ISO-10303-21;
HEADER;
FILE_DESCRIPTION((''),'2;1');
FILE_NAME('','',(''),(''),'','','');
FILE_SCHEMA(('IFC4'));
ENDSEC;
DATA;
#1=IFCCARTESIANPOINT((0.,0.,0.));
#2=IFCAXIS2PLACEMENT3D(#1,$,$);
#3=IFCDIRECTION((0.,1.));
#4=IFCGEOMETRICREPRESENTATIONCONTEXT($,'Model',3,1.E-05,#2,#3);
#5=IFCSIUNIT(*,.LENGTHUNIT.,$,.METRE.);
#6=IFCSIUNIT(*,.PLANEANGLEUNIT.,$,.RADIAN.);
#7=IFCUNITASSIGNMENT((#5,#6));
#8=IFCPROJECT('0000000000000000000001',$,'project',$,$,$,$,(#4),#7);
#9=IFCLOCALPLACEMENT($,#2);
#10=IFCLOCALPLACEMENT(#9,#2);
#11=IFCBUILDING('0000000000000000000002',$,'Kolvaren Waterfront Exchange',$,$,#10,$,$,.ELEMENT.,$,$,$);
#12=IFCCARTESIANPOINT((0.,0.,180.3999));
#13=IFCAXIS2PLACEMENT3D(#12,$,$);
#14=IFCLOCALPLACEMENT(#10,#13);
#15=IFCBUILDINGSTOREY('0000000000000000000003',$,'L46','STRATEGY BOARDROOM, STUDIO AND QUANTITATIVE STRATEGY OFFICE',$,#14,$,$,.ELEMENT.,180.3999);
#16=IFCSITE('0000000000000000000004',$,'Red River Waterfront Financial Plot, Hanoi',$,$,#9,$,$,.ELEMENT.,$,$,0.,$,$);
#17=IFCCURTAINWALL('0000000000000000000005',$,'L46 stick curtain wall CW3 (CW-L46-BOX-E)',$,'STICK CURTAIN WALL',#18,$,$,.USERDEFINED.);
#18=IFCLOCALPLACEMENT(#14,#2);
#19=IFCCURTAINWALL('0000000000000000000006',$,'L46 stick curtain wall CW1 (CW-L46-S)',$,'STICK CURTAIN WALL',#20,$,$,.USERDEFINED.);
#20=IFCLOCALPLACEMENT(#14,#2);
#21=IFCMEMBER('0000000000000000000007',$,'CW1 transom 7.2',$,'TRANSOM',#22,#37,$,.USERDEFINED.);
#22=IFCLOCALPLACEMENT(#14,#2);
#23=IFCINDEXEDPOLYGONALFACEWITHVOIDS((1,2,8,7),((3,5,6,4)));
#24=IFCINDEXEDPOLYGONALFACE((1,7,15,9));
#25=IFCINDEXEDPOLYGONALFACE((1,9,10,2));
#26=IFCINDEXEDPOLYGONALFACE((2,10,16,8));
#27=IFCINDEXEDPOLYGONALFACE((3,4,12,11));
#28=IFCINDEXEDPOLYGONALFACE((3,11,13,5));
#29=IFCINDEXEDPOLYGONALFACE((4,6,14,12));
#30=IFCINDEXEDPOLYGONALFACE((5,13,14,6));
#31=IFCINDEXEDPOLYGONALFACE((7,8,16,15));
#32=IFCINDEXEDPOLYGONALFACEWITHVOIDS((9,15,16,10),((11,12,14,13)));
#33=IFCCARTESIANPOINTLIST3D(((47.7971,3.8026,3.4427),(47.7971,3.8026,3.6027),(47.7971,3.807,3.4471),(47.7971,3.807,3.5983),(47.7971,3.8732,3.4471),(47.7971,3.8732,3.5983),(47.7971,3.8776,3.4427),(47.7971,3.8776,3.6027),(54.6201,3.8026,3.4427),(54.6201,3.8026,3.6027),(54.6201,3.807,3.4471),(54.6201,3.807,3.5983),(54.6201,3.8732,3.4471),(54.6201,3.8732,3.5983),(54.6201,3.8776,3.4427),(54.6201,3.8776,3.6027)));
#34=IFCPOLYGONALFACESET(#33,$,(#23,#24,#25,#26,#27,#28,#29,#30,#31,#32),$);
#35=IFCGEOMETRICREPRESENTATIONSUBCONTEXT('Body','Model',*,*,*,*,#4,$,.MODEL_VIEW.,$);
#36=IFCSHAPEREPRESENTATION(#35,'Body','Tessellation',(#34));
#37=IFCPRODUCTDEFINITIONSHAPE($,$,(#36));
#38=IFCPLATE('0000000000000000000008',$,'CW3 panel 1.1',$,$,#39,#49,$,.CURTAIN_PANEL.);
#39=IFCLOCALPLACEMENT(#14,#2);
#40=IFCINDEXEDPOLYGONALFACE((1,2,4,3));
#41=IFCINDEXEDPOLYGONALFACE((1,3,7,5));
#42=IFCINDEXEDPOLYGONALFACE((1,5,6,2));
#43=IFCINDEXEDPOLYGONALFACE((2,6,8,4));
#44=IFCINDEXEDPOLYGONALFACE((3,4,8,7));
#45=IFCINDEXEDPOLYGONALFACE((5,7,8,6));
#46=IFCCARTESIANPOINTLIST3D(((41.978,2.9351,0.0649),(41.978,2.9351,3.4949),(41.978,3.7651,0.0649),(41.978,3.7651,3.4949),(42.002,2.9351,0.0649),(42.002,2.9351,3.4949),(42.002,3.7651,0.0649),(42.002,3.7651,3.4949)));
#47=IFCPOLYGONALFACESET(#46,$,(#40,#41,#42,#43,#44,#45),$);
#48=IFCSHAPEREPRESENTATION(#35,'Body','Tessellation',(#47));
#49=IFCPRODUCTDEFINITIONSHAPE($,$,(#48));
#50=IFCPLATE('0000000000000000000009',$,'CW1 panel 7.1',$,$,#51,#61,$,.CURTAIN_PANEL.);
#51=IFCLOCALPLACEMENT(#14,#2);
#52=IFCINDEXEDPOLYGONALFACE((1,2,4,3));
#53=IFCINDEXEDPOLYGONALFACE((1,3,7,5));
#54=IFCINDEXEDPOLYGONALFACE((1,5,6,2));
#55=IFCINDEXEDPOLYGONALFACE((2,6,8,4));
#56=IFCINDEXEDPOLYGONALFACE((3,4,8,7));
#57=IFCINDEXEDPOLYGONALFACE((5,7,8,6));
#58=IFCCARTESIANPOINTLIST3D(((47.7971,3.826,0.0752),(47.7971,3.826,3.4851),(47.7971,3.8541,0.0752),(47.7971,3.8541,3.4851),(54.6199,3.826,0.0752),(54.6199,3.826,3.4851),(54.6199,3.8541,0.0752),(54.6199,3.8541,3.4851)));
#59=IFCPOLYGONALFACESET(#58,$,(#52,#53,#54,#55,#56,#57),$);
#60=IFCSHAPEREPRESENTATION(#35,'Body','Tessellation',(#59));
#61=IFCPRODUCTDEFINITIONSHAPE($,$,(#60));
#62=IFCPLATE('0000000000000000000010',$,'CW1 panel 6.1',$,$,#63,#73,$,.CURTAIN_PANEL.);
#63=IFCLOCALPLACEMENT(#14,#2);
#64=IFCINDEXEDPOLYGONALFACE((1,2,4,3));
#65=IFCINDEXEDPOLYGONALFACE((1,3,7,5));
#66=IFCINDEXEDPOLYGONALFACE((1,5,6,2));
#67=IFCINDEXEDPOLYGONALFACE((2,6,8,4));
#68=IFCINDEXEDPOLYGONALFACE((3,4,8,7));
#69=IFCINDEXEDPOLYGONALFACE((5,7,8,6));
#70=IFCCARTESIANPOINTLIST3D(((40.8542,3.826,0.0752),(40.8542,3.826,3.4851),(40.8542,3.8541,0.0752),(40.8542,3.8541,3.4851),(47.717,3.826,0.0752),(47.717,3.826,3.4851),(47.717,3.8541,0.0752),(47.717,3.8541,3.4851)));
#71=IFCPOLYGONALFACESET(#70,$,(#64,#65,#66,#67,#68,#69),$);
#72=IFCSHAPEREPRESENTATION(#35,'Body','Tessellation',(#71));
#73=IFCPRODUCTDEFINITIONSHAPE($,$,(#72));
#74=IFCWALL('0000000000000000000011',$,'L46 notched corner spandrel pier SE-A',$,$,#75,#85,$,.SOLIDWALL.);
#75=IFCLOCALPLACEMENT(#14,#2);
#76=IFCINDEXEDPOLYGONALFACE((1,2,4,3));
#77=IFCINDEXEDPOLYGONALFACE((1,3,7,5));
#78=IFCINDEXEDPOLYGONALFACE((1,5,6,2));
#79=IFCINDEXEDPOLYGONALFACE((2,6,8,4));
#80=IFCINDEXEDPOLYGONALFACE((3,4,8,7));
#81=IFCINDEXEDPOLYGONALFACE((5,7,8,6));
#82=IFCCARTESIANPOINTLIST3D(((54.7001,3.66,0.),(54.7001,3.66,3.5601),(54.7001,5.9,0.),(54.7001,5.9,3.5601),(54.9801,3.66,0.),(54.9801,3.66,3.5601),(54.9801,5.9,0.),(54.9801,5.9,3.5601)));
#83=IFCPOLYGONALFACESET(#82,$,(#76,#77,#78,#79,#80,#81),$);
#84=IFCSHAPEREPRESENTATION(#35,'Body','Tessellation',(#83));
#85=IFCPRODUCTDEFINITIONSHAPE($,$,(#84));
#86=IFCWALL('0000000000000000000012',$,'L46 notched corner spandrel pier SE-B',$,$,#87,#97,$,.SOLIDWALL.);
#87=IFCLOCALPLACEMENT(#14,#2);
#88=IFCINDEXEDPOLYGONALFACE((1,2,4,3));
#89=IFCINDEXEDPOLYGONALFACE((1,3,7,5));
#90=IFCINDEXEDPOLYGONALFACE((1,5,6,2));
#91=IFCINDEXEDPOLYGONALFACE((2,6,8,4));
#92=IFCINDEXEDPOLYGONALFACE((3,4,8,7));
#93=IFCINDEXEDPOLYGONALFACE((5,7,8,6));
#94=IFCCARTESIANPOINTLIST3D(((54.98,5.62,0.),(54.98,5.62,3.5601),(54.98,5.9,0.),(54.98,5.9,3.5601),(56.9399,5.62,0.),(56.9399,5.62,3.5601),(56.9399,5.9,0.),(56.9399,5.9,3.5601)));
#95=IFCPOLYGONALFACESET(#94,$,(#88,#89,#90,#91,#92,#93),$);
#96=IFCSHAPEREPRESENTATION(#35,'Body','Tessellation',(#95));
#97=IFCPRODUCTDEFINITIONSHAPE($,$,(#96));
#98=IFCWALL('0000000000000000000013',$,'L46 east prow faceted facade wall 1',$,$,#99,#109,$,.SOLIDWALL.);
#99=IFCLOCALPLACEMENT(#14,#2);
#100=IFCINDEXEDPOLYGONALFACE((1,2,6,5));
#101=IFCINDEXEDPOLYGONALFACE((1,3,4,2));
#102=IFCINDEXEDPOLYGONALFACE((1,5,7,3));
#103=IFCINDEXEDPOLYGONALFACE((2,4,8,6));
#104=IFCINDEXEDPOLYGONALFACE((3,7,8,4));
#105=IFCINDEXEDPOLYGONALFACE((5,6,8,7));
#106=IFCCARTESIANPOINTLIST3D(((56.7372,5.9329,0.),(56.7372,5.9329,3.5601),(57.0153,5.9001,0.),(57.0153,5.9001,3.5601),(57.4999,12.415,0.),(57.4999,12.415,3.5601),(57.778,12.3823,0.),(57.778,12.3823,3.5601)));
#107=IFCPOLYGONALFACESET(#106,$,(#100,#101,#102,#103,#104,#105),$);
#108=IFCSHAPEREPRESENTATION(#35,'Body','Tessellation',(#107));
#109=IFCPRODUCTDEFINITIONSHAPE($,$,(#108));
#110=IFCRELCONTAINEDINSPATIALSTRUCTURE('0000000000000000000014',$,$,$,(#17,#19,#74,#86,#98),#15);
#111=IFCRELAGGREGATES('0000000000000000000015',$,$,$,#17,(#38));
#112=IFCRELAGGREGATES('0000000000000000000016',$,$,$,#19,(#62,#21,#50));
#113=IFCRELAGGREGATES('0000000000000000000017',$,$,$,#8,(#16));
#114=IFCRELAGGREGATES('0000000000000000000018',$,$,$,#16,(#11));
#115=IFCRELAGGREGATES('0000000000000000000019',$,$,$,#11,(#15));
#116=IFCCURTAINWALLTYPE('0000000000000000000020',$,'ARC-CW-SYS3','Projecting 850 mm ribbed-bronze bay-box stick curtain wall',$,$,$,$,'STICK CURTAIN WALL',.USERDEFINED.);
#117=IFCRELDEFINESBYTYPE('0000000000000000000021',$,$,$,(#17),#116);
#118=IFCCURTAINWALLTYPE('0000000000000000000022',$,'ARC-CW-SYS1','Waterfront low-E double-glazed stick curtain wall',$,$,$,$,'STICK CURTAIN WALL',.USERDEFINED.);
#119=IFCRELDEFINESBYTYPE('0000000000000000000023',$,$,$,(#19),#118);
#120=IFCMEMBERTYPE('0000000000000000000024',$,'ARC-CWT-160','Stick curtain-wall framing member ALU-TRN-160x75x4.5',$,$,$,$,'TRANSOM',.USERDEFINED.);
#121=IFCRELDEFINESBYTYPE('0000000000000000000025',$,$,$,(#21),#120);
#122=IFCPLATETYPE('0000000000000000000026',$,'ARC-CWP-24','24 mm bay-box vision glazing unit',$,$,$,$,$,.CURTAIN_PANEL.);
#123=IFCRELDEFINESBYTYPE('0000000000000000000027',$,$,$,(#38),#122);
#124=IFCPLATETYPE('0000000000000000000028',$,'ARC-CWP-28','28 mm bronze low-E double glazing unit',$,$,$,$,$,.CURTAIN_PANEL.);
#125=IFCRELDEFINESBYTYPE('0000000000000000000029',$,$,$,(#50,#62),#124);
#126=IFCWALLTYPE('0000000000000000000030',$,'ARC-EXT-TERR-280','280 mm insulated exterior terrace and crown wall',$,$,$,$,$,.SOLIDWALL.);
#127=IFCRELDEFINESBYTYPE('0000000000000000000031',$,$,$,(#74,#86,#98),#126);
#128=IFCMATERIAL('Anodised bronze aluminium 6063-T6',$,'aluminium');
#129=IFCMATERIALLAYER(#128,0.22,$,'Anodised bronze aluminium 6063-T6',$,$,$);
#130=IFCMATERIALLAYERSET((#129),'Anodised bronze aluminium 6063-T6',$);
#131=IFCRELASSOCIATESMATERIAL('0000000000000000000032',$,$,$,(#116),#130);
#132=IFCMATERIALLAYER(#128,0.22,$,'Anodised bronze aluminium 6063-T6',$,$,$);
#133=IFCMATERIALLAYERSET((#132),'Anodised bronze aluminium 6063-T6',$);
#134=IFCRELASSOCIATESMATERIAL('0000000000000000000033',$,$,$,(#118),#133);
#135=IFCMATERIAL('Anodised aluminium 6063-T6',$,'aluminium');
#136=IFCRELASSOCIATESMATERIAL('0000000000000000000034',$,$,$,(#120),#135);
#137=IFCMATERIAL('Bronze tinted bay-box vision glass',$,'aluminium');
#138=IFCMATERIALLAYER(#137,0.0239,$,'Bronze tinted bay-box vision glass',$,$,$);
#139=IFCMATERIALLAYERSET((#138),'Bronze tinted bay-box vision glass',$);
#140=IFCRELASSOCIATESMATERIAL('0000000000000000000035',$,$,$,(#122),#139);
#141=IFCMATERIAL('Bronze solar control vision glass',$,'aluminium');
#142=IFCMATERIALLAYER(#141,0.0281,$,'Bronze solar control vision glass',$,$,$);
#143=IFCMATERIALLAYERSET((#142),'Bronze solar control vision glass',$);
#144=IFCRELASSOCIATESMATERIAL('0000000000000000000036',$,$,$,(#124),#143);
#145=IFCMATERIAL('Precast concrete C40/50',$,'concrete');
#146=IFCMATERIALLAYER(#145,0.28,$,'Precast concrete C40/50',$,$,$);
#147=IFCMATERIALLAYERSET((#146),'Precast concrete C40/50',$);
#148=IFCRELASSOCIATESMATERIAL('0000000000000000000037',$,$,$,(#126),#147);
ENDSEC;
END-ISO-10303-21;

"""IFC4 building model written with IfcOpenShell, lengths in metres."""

from ifc_helpers import new_model, si_unit, direction, frame, frame_2d, origin, origin_with_axes, origin_2d, place, context, subcontext, project, spatial, rectangle, hollow_rectangle, extrude, source, transform, mapped, material, layer, layer_set, material_profile, profile_set, type_object, element, aggregate, save


model = new_model("IFC4")

# Units and contexts
model_context = context("Model", 3, precision=1e-05, world=origin(), true_north=direction((0.0, 1.0)))
body_context = subcontext(model_context, "Body", "Model", "MODEL_VIEW")
ifc_project = project(units=[si_unit("LENGTHUNIT", "METRE"), si_unit("PLANEANGLEUNIT", "RADIAN")], contexts=[model_context])

# Site, building, storey
site_placement = place(None, origin())
site = spatial("IfcSite", under=ifc_project, at=site_placement, Name="Red River Waterfront Financial Plot, Hanoi", CompositionType="ELEMENT", RefElevation=0.0)
building_placement = place(site_placement, origin())
building = spatial("IfcBuilding", under=site, at=building_placement, Name="Kolvaren Waterfront Exchange", CompositionType="ELEMENT")
storey_placement = place(building_placement, frame((0.0, 0.0, 180.3999)))
storey = spatial("IfcBuildingStorey", under=building, at=storey_placement, Name="L46", Description="STRATEGY BOARDROOM, STUDIO AND QUANTITATIVE STRATEGY OFFICE", CompositionType="ELEMENT", Elevation=180.3999)

# Curtain walls, member
ifc_material_1 = material(Name="Anodised bronze aluminium 6063-T6", Category="aluminium")
ifc_layer_1 = layer(ifc_material_1, 0.22, Name="Anodised bronze aluminium 6063-T6")
ifc_layer_set_1 = layer_set([ifc_layer_1], Name="Anodised bronze aluminium 6063-T6")
curtain_wall_type_1 = type_object("IfcCurtainWallType", Name="ARC-CW-SYS3", Description="Projecting 850 mm ribbed-bronze bay-box stick curtain wall", ElementType="STICK CURTAIN WALL", PredefinedType="USERDEFINED", material=ifc_layer_set_1)
curtain_wall_1_placement = place(storey_placement, origin())
curtain_wall_1 = element("IfcCurtainWall", 1, at=curtain_wall_1_placement, inside=storey, type_object=curtain_wall_type_1, Name="L46 stick curtain wall CW3 (CW-L46-BOX-E)", ObjectType="STICK CURTAIN WALL", PredefinedType="USERDEFINED")
ifc_layer_2 = layer(ifc_material_1, 0.22, Name="Anodised bronze aluminium 6063-T6")
ifc_layer_set_2 = layer_set([ifc_layer_2], Name="Anodised bronze aluminium 6063-T6")
curtain_wall_type_2 = type_object("IfcCurtainWallType", Name="ARC-CW-SYS1", Description="Waterfront low-E double-glazed stick curtain wall", ElementType="STICK CURTAIN WALL", PredefinedType="USERDEFINED", material=ifc_layer_set_2)
curtain_wall_2_placement = place(storey_placement, origin())
curtain_wall_2 = element("IfcCurtainWall", 2, at=curtain_wall_2_placement, inside=storey, type_object=curtain_wall_type_2, Name="L46 stick curtain wall CW1 (CW-L46-S)", ObjectType="STICK CURTAIN WALL", PredefinedType="USERDEFINED")
ifc_material_2 = material(Name="Anodised aluminium 6063-T6", Category="aluminium")
ifc_material_profile_1 = material_profile(ifc_material_2, hollow_rectangle(XDim=0.075, YDim=0.1599, WallThickness=0.0044, at=origin_2d()), Name="ALU-TRN-160x75x4.5")
ifc_profile_set_1 = profile_set([ifc_material_profile_1], Name="Anodised aluminium 6063-T6")
member_type_1 = type_object("IfcMemberType", Name="ARC-CWT-160", Description="Stick curtain-wall framing member ALU-TRN-160x75x4.5", ElementType="TRANSOM", PredefinedType="USERDEFINED", material=ifc_profile_set_1)
shared_shape_1 = source(origin_with_axes(), body_context, "Body", "SweptSolid", [
    extrude(hollow_rectangle(XDim=0.075, YDim=0.1599, WallThickness=0.0044, at=origin_2d()), origin(), (0.0, 0.0, 1.0), 6.823),
])
member_1_placement = place(storey_placement, frame((47.7971, 3.8401, 3.5227), z_axis=(1.0, 0.0, 0.0), x_axis=(0.0, 1.0, 0.0)))
member_1 = element("IfcMember", 3, at=member_1_placement, type_object=member_type_1, Name="CW1 transom 7.2", ObjectType="TRANSOM", PredefinedType="USERDEFINED", context=body_context, shape_type="MappedRepresentation", body=[
    mapped(shared_shape_1, transform((0.0, 0.0, 0.0), x_axis=(1.0, 0.0, 0.0), y_axis=(0.0, 1.0, 0.0), z_axis=(0.0, 0.0, 1.0), scale=1.0)),
])

# Plates
ifc_material_3 = material(Name="Bronze tinted bay-box vision glass", Category="aluminium")
ifc_layer_3 = layer(ifc_material_3, 0.0239, Name="Bronze tinted bay-box vision glass")
ifc_layer_set_3 = layer_set([ifc_layer_3], Name="Bronze tinted bay-box vision glass")
plate_type_1 = type_object("IfcPlateType", Name="ARC-CWP-24", Description="24 mm bay-box vision glazing unit", PredefinedType="CURTAIN_PANEL", material=ifc_layer_set_3)
shared_shape_2 = source(origin_with_axes(), body_context, "Body", "SweptSolid", [
    extrude(rectangle(XDim=0.8301, YDim=0.0239, at=origin_2d()), origin(), (0.0, 0.0, 1.0), 3.4299),
])
plate_1_placement = place(storey_placement, frame((41.99, 3.3501, 0.0649), z_axis=(0.0, 0.0, 1.0), x_axis=(0.0, 1.0, 0.0)))
plate_1 = element("IfcPlate", 4, at=plate_1_placement, type_object=plate_type_1, Name="CW3 panel 1.1", PredefinedType="CURTAIN_PANEL", context=body_context, shape_type="MappedRepresentation", body=[
    mapped(shared_shape_2, transform((0.0, 0.0, 0.0), x_axis=(1.0, 0.0, 0.0), y_axis=(0.0, 1.0, 0.0), z_axis=(0.0, 0.0, 1.0), scale=1.0)),
])
aggregate(curtain_wall_1, [plate_1])
ifc_material_4 = material(Name="Bronze solar control vision glass", Category="aluminium")
ifc_layer_4 = layer(ifc_material_4, 0.0281, Name="Bronze solar control vision glass")
ifc_layer_set_4 = layer_set([ifc_layer_4], Name="Bronze solar control vision glass")
plate_type_2 = type_object("IfcPlateType", Name="ARC-CWP-28", Description="28 mm bronze low-E double glazing unit", PredefinedType="CURTAIN_PANEL", material=ifc_layer_set_4)
shared_shape_3 = source(origin_with_axes(), body_context, "Body", "SweptSolid", [
    extrude(rectangle(XDim=6.8228, YDim=0.0281, at=origin_2d()), origin(), (0.0, 0.0, 1.0), 3.4099),
])
plate_2_placement = place(storey_placement, frame((51.2085, 3.8401, 0.0752), z_axis=(0.0, 0.0, 1.0), x_axis=(1.0, 0.0, 0.0)))
plate_2 = element("IfcPlate", 5, at=plate_2_placement, type_object=plate_type_2, Name="CW1 panel 7.1", PredefinedType="CURTAIN_PANEL", context=body_context, shape_type="MappedRepresentation", body=[
    mapped(shared_shape_3, transform((0.0, 0.0, 0.0), x_axis=(1.0, 0.0, 0.0), y_axis=(0.0, 1.0, 0.0), z_axis=(0.0, 0.0, 1.0), scale=1.0)),
])
shared_shape_4 = source(origin_with_axes(), body_context, "Body", "SweptSolid", [
    extrude(rectangle(XDim=6.8628, YDim=0.0281, at=origin_2d()), origin(), (0.0, 0.0, 1.0), 3.4099),
])
plate_3_placement = place(storey_placement, frame((44.2856, 3.8401, 0.0752), z_axis=(0.0, 0.0, 1.0), x_axis=(1.0, 0.0, 0.0)))
plate_3 = element("IfcPlate", 6, at=plate_3_placement, type_object=plate_type_2, Name="CW1 panel 6.1", PredefinedType="CURTAIN_PANEL", context=body_context, shape_type="MappedRepresentation", body=[
    mapped(shared_shape_4, transform((0.0, 0.0, 0.0), x_axis=(1.0, 0.0, 0.0), y_axis=(0.0, 1.0, 0.0), z_axis=(0.0, 0.0, 1.0), scale=1.0)),
])
aggregate(curtain_wall_2, [plate_3, member_1, plate_2])

# Walls
ifc_material_5 = material(Name="Precast concrete C40/50", Category="concrete")
ifc_layer_5 = layer(ifc_material_5, 0.28, Name="Precast concrete C40/50")
ifc_layer_set_5 = layer_set([ifc_layer_5], Name="Precast concrete C40/50")
wall_type = type_object("IfcWallType", Name="ARC-EXT-TERR-280", Description="280 mm insulated exterior terrace and crown wall", PredefinedType="SOLIDWALL", material=ifc_layer_set_5)
wall_1_placement = place(storey_placement, frame((54.8401, 3.6599, 0.0), z_axis=(0.0, 0.0, 1.0), x_axis=(0.0, 1.0, 0.0)))
element("IfcWall", 7, at=wall_1_placement, inside=storey, type_object=wall_type, Name="L46 notched corner spandrel pier SE-A", PredefinedType="SOLIDWALL", context=body_context, shape_type="SweptSolid", body=[
    extrude(rectangle(XDim=2.24, YDim=0.28, at=frame_2d((1.1201, 0.0))), origin(), (0.0, 0.0, 1.0), 3.5601),
])
wall_2_placement = place(storey_placement, frame((54.98, 5.76, 0.0), z_axis=(0.0, 0.0, 1.0), x_axis=(1.0, 0.0, 0.0)))
element("IfcWall", 8, at=wall_2_placement, inside=storey, type_object=wall_type, Name="L46 notched corner spandrel pier SE-B", PredefinedType="SOLIDWALL", context=body_context, shape_type="SweptSolid", body=[
    extrude(rectangle(XDim=1.96, YDim=0.28, at=frame_2d((0.98, 0.0))), origin(), (0.0, 0.0, 1.0), 3.5601),
])
wall_3_placement = place(storey_placement, frame((56.8762, 5.9165, 0.0), z_axis=(0.0, 0.0, 1.0), x_axis=(0.116854, 0.993149, 0.0)))
element("IfcWall", 9, at=wall_3_placement, inside=storey, type_object=wall_type, Name="L46 east prow faceted facade wall 1", PredefinedType="SOLIDWALL", context=body_context, shape_type="SweptSolid", body=[
    extrude(rectangle(XDim=6.5269, YDim=0.28, at=frame_2d((3.2634, 0.0))), origin(), (0.0, 0.0, 1.0), 3.5601),
])

save(model, "model.ifc")
